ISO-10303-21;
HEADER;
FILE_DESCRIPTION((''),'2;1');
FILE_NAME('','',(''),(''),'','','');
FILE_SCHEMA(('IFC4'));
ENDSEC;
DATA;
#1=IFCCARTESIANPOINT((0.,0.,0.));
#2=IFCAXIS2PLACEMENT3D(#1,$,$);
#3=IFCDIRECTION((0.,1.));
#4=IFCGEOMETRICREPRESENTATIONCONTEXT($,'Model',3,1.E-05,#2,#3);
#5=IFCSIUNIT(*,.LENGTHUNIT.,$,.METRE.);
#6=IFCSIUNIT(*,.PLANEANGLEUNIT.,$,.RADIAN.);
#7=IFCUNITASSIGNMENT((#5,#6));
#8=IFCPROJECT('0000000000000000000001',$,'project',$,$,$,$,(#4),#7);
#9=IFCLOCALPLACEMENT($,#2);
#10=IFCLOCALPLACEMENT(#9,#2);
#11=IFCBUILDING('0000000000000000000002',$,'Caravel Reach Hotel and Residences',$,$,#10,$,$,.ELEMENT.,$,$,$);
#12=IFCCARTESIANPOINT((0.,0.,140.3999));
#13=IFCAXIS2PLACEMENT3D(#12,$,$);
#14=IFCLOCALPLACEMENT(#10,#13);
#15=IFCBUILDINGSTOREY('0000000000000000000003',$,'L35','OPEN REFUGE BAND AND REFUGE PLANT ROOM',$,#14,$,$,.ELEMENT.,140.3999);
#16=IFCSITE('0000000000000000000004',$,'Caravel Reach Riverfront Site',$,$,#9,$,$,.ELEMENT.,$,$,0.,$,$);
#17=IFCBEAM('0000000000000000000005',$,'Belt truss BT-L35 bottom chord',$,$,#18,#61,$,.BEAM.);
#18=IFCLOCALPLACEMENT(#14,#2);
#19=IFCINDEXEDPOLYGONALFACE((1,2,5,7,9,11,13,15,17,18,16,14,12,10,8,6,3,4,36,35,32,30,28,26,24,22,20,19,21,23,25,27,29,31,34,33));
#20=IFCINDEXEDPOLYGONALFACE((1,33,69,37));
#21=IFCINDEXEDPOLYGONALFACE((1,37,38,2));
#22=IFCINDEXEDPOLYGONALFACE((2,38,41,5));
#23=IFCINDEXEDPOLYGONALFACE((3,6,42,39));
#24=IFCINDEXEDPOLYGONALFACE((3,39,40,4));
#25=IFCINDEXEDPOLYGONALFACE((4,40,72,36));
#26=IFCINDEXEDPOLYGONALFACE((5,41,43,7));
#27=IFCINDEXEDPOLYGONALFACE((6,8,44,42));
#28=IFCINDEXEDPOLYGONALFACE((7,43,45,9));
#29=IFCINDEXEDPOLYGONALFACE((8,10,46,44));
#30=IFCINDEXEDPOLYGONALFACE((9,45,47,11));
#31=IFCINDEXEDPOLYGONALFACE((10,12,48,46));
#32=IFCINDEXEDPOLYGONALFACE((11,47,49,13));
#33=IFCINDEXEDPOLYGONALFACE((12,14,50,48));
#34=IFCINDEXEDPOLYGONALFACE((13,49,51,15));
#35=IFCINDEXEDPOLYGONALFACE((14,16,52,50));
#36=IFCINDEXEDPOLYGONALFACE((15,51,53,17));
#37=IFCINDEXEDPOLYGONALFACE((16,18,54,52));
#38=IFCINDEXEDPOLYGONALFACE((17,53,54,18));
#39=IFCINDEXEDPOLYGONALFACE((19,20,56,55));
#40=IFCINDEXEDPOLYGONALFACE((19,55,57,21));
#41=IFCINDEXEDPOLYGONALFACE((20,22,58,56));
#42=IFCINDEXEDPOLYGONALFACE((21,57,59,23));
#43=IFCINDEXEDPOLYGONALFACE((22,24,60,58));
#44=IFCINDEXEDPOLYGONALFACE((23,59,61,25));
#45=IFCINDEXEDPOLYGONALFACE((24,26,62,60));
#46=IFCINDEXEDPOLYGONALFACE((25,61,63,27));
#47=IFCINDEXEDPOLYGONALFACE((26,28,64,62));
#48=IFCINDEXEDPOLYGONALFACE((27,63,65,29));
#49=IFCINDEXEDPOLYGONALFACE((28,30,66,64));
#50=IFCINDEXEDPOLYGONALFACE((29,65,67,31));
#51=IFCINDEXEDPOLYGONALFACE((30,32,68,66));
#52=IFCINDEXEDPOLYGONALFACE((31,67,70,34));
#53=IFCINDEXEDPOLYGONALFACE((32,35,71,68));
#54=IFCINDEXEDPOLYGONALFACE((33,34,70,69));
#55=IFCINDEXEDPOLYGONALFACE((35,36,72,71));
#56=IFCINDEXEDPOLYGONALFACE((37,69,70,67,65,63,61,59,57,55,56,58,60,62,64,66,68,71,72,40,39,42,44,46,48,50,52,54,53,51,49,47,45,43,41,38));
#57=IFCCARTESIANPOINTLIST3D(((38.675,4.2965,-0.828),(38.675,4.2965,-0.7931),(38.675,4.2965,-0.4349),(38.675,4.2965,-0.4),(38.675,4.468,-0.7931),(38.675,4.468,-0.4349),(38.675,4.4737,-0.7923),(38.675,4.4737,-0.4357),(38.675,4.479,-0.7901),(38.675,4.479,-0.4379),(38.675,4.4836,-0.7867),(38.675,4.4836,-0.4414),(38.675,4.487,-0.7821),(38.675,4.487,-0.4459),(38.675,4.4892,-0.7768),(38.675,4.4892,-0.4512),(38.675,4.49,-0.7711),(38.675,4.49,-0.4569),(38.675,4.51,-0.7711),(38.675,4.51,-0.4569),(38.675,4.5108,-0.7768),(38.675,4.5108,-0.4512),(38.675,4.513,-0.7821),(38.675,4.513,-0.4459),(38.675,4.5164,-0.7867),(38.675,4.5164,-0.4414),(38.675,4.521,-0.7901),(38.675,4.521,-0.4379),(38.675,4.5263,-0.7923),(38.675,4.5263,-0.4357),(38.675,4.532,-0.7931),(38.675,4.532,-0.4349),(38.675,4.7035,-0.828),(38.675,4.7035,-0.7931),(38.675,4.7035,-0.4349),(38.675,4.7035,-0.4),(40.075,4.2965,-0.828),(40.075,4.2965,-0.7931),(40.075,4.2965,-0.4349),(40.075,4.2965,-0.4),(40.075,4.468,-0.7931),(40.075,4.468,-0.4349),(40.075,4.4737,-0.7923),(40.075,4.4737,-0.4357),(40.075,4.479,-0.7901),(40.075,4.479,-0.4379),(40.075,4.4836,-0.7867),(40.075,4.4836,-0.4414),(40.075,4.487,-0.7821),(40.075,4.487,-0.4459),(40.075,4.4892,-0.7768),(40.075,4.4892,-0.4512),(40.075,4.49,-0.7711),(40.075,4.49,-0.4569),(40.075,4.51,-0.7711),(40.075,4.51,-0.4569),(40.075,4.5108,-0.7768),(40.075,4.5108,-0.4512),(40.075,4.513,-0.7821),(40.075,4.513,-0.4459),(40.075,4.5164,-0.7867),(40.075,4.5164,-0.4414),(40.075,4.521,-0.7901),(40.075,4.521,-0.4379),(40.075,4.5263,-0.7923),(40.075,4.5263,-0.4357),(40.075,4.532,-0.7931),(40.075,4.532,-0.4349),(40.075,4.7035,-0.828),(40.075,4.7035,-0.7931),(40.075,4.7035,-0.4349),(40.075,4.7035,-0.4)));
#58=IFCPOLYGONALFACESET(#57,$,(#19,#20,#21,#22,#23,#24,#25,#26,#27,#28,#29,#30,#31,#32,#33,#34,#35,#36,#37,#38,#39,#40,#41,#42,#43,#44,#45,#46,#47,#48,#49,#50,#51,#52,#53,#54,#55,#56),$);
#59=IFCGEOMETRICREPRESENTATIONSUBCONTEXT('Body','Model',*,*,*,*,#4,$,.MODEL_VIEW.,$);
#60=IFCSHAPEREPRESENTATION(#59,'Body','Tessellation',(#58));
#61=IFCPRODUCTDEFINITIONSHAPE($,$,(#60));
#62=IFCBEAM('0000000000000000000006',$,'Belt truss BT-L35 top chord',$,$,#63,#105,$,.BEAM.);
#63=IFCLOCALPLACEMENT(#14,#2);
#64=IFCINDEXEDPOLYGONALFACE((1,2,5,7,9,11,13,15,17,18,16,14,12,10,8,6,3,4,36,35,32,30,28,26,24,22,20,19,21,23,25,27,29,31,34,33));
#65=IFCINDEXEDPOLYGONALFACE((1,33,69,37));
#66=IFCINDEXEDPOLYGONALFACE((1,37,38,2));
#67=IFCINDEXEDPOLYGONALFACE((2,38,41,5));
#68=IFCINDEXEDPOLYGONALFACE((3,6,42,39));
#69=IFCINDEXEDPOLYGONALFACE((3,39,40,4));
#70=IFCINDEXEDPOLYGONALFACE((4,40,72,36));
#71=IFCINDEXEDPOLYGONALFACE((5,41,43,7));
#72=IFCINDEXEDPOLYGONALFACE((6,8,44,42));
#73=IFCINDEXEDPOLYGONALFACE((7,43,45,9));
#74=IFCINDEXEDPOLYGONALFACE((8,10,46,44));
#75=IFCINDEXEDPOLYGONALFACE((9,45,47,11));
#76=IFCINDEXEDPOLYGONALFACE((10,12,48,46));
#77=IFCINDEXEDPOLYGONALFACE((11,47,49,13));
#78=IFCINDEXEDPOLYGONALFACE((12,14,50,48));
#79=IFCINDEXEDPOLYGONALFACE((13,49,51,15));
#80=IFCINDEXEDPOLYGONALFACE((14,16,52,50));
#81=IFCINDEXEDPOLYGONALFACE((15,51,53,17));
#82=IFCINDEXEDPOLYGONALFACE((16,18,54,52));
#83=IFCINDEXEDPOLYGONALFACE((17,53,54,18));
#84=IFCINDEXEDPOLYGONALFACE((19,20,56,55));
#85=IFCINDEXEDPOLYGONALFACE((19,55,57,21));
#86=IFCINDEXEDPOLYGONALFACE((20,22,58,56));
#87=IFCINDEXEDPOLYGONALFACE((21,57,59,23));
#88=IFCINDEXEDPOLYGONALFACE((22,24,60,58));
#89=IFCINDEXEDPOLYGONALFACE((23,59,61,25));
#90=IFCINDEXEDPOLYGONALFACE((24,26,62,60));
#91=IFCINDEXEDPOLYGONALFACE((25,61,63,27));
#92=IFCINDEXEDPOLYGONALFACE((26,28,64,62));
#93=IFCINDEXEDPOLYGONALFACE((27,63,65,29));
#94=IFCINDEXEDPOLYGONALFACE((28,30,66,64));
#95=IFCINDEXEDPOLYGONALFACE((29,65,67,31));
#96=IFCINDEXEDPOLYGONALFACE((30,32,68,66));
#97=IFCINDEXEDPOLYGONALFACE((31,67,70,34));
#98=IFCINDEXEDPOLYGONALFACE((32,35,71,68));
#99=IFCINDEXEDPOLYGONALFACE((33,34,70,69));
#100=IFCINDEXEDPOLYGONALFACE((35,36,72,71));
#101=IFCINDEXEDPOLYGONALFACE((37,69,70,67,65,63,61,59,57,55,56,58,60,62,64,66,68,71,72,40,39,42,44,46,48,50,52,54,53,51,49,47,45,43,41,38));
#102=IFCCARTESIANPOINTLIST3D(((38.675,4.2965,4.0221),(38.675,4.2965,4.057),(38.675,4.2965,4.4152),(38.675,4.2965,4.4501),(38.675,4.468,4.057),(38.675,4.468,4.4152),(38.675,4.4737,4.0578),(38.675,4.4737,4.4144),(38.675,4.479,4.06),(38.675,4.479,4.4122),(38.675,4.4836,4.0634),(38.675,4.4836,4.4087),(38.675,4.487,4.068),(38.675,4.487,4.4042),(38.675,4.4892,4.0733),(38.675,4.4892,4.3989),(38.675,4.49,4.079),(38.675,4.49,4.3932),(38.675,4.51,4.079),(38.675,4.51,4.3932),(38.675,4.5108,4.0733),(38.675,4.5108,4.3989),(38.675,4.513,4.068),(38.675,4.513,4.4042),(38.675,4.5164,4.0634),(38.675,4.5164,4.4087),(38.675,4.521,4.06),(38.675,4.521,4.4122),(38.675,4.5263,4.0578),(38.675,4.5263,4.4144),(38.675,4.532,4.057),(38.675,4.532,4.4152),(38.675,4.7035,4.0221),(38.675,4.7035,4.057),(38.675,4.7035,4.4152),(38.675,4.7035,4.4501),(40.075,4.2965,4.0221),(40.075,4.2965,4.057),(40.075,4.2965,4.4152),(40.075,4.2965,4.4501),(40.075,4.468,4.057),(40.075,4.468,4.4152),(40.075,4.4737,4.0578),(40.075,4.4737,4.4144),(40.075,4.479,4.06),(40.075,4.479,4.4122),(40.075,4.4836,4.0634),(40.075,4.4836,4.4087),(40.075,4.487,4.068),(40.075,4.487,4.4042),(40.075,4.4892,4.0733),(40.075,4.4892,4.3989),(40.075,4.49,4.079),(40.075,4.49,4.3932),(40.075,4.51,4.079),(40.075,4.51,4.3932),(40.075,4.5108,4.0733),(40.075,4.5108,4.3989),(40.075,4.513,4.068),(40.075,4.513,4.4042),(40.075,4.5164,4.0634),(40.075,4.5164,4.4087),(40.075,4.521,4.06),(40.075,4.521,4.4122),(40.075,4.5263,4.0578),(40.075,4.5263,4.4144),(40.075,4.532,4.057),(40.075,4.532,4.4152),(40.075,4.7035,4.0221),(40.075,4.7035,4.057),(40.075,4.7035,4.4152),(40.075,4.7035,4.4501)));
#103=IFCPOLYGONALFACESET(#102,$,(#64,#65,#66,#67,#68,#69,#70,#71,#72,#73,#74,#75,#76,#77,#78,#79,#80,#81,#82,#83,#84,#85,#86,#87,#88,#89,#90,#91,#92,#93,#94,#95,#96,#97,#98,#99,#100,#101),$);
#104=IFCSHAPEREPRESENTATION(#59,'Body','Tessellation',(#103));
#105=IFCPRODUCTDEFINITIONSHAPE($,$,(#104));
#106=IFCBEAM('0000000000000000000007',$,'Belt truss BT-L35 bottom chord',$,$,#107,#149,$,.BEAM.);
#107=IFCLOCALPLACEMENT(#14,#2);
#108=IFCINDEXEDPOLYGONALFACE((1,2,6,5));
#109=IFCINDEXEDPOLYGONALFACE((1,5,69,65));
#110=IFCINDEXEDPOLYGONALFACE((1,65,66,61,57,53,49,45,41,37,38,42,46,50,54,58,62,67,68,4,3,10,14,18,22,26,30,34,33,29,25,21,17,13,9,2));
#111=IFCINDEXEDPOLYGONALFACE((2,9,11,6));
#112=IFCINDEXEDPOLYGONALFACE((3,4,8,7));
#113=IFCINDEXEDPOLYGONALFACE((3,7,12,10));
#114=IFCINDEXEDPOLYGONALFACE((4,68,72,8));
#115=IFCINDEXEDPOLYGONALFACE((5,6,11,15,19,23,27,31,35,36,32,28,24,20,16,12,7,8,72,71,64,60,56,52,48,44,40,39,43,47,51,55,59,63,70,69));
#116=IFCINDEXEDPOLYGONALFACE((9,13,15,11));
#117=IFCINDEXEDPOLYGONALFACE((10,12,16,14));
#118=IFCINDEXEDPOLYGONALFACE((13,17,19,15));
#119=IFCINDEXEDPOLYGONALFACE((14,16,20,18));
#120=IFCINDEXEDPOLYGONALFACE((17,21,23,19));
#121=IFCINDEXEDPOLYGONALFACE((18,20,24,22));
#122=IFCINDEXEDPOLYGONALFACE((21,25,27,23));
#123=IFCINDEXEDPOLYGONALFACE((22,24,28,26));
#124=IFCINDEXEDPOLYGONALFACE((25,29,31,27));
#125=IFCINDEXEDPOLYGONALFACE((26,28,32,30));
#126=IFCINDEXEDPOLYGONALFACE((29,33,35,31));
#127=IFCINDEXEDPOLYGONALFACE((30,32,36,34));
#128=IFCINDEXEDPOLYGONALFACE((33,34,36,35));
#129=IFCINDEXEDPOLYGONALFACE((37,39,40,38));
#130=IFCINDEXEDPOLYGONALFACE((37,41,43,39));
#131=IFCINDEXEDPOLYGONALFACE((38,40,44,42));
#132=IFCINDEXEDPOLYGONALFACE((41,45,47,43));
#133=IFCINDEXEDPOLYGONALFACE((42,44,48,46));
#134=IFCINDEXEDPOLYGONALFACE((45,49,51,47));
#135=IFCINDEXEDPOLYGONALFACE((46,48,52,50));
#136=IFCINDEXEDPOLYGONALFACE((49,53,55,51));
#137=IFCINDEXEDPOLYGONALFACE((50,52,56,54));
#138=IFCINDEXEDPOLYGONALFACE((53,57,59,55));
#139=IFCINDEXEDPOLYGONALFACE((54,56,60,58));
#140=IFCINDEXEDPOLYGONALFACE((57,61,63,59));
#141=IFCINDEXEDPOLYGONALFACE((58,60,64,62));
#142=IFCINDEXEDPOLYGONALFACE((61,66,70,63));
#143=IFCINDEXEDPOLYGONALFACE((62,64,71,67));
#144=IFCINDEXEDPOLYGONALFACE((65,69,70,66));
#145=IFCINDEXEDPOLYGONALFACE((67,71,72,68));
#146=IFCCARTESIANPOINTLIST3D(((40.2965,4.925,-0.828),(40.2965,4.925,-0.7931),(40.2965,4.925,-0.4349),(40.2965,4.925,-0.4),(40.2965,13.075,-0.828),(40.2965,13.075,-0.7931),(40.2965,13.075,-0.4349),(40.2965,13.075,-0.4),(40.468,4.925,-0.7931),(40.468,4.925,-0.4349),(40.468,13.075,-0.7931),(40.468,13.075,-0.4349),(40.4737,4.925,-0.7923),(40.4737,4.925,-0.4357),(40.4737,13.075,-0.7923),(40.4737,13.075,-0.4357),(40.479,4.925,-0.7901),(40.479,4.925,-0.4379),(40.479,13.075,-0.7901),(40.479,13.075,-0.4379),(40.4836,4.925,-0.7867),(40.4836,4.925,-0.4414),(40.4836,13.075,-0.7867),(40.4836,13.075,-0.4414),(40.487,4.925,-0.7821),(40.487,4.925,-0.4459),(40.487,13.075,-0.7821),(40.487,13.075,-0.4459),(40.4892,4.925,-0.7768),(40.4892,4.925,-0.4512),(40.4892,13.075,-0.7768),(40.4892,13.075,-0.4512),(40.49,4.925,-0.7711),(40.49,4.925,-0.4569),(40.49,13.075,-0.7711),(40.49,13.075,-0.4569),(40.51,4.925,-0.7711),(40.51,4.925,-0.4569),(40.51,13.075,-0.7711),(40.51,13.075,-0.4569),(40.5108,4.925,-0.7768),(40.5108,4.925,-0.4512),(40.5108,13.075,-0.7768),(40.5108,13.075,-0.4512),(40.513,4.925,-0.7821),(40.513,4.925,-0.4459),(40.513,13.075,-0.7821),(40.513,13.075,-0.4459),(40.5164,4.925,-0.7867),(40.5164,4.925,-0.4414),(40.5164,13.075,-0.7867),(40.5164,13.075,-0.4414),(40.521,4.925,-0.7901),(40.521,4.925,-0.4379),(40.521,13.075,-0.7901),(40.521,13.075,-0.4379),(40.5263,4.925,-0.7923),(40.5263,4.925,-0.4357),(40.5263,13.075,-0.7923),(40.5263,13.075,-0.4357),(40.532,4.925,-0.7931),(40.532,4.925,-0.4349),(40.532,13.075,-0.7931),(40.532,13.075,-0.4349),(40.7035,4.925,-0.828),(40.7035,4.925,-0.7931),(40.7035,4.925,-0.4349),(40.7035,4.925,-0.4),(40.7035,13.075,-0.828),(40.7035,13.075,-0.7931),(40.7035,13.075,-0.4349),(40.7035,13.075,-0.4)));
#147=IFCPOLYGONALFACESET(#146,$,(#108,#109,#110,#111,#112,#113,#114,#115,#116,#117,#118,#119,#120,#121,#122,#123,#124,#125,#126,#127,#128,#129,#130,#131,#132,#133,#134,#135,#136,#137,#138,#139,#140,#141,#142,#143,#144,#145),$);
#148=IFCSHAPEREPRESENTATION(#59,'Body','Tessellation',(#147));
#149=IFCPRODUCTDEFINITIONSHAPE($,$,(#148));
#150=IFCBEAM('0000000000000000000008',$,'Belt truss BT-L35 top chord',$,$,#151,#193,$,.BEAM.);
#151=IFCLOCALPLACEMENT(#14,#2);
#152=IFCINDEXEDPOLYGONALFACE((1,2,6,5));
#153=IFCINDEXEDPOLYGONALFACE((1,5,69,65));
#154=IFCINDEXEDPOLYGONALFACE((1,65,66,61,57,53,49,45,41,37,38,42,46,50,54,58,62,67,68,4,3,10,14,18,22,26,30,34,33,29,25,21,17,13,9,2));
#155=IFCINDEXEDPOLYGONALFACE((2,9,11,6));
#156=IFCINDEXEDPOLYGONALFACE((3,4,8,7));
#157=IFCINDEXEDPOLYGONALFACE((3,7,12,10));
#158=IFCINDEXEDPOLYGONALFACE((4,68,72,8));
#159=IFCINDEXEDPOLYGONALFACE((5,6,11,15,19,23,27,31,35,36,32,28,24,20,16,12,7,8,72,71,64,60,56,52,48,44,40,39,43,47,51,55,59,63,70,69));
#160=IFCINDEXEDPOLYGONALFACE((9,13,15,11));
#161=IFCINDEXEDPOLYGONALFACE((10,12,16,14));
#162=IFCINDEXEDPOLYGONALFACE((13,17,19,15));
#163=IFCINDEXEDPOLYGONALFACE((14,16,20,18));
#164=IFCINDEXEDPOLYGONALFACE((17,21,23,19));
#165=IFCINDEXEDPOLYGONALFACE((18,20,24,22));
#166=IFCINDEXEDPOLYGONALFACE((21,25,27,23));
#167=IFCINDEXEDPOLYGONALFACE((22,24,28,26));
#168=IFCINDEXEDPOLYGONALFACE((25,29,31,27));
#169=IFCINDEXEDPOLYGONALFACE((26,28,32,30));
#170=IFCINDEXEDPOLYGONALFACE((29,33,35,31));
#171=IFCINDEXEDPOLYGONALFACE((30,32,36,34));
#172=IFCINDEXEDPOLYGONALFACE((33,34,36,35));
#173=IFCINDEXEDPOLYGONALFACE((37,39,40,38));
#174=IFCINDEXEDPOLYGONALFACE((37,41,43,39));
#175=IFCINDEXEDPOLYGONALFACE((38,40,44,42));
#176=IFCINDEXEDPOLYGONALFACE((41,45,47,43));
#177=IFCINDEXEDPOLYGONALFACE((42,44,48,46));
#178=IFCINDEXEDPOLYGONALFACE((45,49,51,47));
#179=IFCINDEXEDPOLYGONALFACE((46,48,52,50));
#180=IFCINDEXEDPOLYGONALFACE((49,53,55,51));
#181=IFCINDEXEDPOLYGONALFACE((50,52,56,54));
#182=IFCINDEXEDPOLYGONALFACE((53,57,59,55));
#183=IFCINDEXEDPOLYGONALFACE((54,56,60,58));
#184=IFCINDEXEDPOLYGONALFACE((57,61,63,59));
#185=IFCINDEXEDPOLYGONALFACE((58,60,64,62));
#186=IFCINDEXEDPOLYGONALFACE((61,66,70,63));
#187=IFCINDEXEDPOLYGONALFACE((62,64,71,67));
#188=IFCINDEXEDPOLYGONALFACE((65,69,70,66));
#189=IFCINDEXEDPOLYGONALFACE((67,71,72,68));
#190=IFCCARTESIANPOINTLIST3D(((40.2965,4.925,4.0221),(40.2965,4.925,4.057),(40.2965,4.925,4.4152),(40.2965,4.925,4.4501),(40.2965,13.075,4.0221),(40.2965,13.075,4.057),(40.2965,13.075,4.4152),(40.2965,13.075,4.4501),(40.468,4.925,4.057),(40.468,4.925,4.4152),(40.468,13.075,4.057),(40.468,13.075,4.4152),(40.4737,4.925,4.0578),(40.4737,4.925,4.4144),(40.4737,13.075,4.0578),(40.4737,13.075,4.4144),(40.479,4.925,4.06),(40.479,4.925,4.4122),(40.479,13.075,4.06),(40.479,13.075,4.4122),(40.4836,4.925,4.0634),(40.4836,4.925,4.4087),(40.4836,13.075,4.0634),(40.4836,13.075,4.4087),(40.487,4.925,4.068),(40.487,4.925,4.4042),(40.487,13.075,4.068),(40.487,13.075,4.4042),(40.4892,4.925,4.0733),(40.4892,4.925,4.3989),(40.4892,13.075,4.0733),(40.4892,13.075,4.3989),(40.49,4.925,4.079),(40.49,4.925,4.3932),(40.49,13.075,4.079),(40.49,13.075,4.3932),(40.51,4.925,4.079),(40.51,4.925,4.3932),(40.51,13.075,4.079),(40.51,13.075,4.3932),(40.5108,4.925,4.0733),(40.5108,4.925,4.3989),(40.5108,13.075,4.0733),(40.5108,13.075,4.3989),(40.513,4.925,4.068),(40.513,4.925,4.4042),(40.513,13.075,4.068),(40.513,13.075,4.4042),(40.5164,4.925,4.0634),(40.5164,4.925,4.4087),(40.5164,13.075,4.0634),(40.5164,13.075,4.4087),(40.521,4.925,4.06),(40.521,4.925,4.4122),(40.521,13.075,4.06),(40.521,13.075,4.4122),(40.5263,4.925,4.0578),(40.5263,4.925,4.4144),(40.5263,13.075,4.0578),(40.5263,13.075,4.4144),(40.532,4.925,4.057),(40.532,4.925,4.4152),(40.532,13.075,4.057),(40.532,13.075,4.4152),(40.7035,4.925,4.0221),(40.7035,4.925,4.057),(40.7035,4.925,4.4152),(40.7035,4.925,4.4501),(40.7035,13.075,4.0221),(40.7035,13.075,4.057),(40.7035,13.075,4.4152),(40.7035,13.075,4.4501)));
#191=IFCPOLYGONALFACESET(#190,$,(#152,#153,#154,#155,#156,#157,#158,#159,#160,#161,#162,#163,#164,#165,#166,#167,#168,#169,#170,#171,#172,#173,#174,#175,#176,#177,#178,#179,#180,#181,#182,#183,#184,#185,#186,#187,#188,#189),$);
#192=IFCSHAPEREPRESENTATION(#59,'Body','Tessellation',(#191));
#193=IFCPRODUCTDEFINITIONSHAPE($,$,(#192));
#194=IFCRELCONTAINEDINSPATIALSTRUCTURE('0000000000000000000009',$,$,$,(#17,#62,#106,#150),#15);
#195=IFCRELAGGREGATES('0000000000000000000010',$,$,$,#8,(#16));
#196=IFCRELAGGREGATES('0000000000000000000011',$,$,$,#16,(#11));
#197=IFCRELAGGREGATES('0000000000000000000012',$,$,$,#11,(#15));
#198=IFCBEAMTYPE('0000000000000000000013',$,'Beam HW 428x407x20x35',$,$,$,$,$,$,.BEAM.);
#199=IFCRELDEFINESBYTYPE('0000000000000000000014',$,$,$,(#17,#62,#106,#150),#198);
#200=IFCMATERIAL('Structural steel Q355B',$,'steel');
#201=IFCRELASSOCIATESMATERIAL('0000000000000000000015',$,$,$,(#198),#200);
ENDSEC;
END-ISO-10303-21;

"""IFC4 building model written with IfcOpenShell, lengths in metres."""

from ifc_helpers import new_model, si_unit, direction, frame, origin, origin_2d, place, context, subcontext, project, spatial, i_section, extrude, material, material_profile, profile_set, type_object, element, save


model = new_model("IFC4")

# Units and contexts
model_context = context("Model", 3, precision=1e-05, world=origin(), true_north=direction((0.0, 1.0)))
body_context = subcontext(model_context, "Body", "Model", "MODEL_VIEW")
ifc_project = project(units=[si_unit("LENGTHUNIT", "METRE"), si_unit("PLANEANGLEUNIT", "RADIAN")], contexts=[model_context])

# Site, building, storey
site_placement = place(None, origin())
site = spatial("IfcSite", under=ifc_project, at=site_placement, Name="Caravel Reach Riverfront Site", CompositionType="ELEMENT", RefElevation=0.0)
building_placement = place(site_placement, origin())
building = spatial("IfcBuilding", under=site, at=building_placement, Name="Caravel Reach Hotel and Residences", CompositionType="ELEMENT")
storey_placement = place(building_placement, frame((0.0, 0.0, 140.3999)))
storey = spatial("IfcBuildingStorey", under=building, at=storey_placement, Name="L35", Description="OPEN REFUGE BAND AND REFUGE PLANT ROOM", CompositionType="ELEMENT", Elevation=140.3999)

# Beams
ifc_material_1 = material(Name="Structural steel Q355B", Category="steel")
ifc_material_profile_1 = material_profile(ifc_material_1, i_section(OverallWidth=0.407, OverallDepth=0.428, WebThickness=0.02, FlangeThickness=0.0349, FilletRadius=0.022, at=origin_2d()), Name="HW 428x407x20x35")
ifc_profile_set_1 = profile_set([ifc_material_profile_1], Name="Structural steel Q355B")
beam_type = type_object("IfcBeamType", Name="Beam HW 428x407x20x35", PredefinedType="BEAM", material=ifc_profile_set_1)
for number, where, z_axis, x_axis, name in (
    (1, (38.675, 4.5, -0.614), (1.0, 0.0, 0.0), (0.0, 1.0, 0.0), "Belt truss BT-L35 bottom chord"),
    (2, (38.675, 4.5, 4.2361), (1.0, 0.0, 0.0), (0.0, 1.0, 0.0), "Belt truss BT-L35 top chord"),
):
    element("IfcBeam", number, at=place(storey_placement, frame(where, z_axis=z_axis, x_axis=x_axis)), inside=storey, type_object=beam_type, Name=name, PredefinedType="BEAM", context=body_context, shape_type="SweptSolid", body=[
        extrude(i_section(OverallWidth=0.407, OverallDepth=0.428, WebThickness=0.02, FlangeThickness=0.0349, FilletRadius=0.022, at=origin_2d()), origin(), (0.0, 0.0, 1.0), 1.3999),
    ])
for number, where, z_axis, x_axis, name in (
    (3, (40.5, 4.925, -0.614), (0.0, 1.0, 0.0), (-1.0, 0.0, 0.0), "Belt truss BT-L35 bottom chord"),
    (4, (40.5, 4.925, 4.2361), (0.0, 1.0, 0.0), (-1.0, 0.0, 0.0), "Belt truss BT-L35 top chord"),
):
    element("IfcBeam", number, at=place(storey_placement, frame(where, z_axis=z_axis, x_axis=x_axis)), inside=storey, type_object=beam_type, Name=name, PredefinedType="BEAM", context=body_context, shape_type="SweptSolid", body=[
        extrude(i_section(OverallWidth=0.407, OverallDepth=0.428, WebThickness=0.02, FlangeThickness=0.0349, FilletRadius=0.022, at=origin_2d()), origin(), (0.0, 0.0, 1.0), 8.1499),
    ])

save(model, "model.ifc")
